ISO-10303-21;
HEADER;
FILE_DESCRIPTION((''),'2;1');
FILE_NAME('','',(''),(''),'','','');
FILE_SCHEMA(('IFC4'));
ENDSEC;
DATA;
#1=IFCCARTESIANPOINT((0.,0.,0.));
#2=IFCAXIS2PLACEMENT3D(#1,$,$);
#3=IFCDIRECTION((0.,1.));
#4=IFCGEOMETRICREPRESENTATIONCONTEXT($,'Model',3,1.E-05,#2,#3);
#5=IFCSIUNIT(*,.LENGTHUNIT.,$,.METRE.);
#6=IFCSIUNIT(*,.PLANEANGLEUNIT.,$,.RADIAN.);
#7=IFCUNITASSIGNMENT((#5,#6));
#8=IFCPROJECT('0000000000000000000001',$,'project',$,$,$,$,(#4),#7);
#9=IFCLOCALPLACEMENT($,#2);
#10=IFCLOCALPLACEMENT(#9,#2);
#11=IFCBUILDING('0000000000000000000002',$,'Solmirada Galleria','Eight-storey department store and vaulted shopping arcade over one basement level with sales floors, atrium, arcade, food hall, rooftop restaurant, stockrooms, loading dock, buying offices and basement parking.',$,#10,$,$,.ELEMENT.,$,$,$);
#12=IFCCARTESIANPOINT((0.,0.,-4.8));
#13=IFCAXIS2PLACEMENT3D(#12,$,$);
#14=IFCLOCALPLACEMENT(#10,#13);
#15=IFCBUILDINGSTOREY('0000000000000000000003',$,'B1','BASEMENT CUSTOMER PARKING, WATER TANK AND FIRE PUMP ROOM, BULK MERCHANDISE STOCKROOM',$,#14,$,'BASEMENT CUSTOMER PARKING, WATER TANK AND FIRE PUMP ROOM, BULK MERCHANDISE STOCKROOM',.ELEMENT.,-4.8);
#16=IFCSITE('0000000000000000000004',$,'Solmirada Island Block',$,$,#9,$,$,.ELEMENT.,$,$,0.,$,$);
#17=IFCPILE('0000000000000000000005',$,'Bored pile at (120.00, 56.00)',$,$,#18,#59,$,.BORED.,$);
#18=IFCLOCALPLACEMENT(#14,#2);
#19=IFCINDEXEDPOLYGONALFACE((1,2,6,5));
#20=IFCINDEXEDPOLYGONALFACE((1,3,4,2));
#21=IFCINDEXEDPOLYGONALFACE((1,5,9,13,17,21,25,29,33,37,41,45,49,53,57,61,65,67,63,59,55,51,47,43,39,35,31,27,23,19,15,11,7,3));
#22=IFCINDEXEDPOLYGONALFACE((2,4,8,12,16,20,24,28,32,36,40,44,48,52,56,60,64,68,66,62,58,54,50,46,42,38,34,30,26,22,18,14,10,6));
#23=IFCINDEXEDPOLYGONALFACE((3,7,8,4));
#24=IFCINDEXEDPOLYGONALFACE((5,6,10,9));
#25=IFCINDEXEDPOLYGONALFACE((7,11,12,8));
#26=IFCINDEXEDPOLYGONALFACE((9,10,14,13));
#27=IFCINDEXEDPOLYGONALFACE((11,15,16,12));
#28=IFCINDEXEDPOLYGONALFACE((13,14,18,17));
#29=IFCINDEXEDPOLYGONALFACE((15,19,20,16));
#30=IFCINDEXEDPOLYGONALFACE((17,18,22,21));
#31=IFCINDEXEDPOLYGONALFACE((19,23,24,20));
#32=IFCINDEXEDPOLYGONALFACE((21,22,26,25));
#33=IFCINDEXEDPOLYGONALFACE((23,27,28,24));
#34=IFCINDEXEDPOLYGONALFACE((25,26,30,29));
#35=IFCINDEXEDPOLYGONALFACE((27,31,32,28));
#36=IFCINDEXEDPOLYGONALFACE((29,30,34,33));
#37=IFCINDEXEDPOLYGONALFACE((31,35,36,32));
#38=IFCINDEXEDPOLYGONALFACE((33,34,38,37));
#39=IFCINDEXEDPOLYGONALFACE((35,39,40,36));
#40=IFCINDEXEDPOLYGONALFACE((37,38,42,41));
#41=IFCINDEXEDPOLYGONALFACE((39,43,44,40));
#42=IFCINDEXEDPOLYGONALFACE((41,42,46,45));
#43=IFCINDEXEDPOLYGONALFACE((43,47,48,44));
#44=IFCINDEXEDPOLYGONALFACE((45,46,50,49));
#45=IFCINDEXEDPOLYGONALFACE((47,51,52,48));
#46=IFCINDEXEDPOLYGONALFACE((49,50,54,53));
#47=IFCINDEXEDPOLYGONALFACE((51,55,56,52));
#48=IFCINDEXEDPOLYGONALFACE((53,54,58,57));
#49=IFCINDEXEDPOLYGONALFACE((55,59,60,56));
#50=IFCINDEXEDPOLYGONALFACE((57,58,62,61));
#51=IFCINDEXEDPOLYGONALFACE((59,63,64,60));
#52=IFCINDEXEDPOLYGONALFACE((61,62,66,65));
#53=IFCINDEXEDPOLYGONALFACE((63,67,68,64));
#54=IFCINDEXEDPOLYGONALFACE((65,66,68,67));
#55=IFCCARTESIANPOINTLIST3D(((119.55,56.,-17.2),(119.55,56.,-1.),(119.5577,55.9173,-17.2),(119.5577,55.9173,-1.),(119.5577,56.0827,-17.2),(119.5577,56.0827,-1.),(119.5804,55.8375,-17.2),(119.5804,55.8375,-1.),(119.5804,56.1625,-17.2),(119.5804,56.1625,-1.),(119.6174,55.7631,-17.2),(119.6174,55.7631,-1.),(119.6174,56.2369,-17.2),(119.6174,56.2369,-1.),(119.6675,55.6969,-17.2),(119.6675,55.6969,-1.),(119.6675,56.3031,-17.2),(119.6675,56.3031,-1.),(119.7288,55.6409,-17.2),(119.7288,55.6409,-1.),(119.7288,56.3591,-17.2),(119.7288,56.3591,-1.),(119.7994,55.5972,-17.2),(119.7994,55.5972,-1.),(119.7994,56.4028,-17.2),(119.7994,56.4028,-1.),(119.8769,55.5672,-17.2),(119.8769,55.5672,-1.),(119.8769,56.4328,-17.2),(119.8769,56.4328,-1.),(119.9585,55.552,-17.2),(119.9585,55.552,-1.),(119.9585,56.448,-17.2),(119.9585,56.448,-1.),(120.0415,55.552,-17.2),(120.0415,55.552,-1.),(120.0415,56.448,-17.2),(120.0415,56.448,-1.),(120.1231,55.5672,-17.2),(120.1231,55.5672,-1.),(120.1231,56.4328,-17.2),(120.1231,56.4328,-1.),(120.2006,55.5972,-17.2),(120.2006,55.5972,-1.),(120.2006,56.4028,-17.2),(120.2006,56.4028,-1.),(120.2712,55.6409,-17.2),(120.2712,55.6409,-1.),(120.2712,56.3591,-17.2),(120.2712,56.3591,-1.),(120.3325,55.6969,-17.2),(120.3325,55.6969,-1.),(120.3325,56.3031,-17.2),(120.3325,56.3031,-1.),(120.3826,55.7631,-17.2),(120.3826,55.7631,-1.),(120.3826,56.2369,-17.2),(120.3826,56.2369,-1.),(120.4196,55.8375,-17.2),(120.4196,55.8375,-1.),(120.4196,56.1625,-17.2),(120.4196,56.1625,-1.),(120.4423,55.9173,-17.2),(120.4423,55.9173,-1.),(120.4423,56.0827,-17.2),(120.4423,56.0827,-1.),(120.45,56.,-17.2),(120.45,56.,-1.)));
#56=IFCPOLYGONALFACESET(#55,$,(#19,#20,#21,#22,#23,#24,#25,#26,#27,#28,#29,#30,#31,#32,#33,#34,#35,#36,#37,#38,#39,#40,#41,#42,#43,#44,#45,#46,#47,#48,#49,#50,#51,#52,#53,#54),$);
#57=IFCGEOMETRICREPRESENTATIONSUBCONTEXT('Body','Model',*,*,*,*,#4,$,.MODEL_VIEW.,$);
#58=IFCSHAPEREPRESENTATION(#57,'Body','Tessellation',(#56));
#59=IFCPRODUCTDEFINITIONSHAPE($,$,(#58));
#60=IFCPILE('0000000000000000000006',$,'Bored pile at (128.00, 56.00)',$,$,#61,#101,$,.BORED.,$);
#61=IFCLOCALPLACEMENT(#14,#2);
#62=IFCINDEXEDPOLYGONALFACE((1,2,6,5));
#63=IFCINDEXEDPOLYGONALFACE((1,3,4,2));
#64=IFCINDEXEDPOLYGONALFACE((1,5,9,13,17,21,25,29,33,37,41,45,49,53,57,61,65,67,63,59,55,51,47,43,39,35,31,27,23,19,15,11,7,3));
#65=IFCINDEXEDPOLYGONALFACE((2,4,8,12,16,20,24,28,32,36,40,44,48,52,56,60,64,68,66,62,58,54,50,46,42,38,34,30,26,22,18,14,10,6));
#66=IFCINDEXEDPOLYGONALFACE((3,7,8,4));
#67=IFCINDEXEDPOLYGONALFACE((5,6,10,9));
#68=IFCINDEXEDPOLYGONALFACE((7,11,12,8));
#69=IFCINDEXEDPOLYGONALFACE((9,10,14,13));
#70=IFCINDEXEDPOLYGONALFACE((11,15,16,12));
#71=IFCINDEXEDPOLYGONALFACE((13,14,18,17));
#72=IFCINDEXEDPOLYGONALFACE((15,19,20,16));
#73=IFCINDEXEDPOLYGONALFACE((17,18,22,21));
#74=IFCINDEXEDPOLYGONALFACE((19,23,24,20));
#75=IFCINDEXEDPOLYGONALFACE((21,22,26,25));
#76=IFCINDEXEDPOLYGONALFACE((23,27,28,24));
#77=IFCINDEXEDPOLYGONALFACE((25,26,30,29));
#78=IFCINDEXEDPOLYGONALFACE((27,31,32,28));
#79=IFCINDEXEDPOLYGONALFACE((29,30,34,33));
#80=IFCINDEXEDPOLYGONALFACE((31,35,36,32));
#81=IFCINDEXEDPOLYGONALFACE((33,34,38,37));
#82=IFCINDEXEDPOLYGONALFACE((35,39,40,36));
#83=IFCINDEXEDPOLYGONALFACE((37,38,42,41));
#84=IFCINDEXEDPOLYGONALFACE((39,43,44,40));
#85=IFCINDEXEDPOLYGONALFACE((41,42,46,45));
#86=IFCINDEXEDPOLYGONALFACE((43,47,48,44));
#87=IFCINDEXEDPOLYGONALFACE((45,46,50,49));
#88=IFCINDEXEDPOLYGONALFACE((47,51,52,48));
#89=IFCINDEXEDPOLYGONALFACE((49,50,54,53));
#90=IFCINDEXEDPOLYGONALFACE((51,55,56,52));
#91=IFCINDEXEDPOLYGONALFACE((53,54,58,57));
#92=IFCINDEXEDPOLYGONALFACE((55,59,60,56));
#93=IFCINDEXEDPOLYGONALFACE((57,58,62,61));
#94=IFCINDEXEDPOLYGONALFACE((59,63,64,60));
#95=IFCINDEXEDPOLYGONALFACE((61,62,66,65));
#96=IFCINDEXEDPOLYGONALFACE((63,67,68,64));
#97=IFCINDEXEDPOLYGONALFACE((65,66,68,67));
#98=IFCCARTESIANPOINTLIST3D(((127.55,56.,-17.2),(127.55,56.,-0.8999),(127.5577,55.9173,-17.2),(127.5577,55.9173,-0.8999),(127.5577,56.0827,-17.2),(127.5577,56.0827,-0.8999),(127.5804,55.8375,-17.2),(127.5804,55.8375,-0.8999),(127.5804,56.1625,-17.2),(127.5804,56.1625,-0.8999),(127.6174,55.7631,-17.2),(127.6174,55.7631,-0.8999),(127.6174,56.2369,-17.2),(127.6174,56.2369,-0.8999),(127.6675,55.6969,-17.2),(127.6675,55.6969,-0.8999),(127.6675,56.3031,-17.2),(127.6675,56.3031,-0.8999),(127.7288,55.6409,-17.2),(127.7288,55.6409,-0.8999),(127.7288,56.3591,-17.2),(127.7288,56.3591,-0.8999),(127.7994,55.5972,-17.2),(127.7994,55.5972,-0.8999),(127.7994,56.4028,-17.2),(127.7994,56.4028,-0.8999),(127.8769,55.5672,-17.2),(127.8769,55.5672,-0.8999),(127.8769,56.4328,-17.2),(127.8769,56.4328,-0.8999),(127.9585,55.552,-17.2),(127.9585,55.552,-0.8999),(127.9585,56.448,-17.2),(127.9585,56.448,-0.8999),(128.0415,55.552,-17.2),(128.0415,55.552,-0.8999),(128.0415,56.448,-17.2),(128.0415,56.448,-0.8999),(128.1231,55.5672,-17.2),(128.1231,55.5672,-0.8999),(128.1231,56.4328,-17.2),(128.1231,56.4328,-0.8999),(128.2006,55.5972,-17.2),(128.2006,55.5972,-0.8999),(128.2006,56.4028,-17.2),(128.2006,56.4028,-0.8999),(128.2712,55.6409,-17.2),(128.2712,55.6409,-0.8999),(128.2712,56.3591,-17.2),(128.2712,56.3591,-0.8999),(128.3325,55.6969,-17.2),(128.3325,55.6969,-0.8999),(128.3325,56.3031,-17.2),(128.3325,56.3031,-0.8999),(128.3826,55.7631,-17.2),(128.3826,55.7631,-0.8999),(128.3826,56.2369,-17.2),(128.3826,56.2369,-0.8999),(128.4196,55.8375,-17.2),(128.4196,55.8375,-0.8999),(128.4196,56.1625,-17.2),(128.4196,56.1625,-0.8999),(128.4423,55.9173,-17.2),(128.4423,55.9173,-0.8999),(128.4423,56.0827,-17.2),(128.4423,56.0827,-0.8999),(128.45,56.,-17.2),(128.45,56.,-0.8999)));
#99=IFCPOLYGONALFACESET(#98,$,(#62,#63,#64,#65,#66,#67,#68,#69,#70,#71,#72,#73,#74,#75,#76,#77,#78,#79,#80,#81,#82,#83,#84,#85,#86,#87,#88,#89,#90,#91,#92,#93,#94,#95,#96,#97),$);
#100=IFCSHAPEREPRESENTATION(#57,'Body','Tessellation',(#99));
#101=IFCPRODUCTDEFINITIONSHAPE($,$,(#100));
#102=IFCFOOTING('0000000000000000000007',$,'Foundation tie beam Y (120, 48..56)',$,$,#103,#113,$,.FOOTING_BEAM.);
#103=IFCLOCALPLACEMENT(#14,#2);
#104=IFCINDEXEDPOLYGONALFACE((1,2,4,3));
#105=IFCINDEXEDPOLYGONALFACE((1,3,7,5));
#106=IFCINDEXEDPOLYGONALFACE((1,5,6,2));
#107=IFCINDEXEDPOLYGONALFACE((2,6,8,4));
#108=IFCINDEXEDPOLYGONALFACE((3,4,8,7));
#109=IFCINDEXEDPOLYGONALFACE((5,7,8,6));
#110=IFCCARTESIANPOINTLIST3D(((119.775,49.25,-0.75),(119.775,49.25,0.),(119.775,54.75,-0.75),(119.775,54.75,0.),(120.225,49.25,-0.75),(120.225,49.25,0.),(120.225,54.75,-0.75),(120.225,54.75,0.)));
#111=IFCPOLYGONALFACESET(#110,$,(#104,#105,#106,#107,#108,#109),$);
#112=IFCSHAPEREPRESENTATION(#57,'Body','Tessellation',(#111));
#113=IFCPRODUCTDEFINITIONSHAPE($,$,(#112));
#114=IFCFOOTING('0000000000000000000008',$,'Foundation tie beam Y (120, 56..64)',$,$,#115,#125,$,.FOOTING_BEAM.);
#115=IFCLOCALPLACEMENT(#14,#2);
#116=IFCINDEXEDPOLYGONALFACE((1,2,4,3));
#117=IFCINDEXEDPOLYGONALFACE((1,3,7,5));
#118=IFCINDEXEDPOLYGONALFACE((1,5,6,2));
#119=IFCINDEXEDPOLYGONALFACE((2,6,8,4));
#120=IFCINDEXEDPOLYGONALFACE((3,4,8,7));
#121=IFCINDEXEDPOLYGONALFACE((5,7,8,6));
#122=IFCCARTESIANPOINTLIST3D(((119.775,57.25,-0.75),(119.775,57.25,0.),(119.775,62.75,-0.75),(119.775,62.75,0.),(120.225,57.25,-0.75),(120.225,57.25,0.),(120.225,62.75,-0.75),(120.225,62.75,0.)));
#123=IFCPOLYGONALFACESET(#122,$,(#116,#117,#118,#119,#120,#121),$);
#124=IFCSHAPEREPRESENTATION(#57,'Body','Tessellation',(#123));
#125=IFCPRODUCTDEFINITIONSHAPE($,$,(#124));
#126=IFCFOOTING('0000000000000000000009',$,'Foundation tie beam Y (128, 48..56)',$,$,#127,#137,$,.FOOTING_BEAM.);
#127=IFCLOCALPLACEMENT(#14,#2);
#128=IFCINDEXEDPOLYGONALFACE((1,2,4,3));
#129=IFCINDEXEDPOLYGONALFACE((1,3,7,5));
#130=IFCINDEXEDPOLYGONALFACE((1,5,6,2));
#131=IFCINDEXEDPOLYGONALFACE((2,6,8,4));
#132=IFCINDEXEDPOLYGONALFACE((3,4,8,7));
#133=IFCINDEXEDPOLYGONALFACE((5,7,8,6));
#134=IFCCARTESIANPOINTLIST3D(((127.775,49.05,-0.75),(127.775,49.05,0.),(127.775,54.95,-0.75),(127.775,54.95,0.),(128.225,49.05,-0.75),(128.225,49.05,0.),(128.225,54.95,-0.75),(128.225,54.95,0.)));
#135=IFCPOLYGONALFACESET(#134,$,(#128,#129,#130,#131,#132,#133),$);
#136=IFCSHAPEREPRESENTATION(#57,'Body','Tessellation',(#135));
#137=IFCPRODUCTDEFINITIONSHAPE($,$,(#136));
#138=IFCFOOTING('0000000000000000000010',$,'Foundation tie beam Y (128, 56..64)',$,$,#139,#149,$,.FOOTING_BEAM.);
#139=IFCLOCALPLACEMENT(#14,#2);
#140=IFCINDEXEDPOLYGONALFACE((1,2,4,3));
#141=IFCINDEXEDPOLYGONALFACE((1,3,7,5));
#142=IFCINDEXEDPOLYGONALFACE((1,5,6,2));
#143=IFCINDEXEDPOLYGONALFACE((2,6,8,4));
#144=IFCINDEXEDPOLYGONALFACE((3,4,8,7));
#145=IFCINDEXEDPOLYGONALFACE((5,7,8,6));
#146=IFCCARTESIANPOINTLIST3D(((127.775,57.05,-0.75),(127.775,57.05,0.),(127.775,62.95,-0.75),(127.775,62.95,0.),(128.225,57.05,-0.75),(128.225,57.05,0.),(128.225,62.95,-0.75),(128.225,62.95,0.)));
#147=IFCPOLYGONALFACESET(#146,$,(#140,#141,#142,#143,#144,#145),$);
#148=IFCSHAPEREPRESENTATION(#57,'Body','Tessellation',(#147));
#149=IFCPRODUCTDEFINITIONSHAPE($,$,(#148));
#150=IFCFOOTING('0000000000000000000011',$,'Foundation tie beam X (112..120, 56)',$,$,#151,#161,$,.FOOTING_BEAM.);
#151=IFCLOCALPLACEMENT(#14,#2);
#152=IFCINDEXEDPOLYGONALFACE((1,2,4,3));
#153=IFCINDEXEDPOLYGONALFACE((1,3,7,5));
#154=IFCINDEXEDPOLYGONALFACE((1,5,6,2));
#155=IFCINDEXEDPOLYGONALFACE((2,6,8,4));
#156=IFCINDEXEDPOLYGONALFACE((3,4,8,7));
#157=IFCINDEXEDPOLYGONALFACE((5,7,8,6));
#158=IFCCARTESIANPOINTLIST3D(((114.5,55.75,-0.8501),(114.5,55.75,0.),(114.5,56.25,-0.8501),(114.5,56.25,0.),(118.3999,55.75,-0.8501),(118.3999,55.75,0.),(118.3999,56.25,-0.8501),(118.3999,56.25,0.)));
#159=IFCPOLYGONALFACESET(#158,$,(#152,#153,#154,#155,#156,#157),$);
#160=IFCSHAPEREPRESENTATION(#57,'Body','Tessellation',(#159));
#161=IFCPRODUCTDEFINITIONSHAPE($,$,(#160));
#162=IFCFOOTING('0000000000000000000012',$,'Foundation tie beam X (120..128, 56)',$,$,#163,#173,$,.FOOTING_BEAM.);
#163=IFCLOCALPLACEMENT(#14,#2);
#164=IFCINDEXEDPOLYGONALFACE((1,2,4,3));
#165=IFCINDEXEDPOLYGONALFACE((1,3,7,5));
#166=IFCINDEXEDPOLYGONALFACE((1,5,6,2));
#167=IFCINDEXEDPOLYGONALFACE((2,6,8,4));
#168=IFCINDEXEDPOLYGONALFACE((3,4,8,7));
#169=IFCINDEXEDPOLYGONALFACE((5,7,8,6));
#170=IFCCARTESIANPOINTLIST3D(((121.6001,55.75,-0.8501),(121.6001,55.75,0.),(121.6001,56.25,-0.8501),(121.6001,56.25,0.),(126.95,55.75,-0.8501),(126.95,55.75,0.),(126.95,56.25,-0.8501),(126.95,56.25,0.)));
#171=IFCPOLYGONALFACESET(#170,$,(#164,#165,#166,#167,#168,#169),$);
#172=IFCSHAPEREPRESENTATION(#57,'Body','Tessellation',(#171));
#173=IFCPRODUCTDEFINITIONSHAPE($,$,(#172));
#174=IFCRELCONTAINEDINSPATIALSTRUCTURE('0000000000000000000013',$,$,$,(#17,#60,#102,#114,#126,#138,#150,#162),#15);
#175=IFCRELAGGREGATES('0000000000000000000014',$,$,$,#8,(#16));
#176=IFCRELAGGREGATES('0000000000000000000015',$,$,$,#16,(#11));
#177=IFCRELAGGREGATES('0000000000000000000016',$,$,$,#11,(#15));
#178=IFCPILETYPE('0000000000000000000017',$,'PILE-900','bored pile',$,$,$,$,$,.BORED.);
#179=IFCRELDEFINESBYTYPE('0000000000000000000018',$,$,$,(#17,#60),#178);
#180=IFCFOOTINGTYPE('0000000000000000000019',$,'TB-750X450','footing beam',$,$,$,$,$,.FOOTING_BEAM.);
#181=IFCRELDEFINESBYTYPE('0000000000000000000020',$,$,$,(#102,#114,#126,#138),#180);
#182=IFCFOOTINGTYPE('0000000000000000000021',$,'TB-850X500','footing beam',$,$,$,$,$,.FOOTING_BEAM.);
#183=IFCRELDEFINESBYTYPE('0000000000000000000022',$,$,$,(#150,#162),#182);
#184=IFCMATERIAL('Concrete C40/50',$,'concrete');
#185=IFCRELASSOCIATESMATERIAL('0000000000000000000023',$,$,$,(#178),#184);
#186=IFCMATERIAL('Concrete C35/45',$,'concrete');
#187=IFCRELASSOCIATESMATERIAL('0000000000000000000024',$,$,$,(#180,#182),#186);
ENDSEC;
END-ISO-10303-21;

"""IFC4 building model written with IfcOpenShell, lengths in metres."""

from ifc_helpers import new_model, si_unit, direction, frame, origin, origin_2d, place, context, subcontext, project, spatial, rectangle, circle, extrude, material, material_profile, profile_set, type_object, element, save


model = new_model("IFC4")

# Units and contexts
model_context = context("Model", 3, precision=1e-05, world=origin(), true_north=direction((0.0, 1.0)))
body_context = subcontext(model_context, "Body", "Model", "MODEL_VIEW")
ifc_project = project(units=[si_unit("LENGTHUNIT", "METRE"), si_unit("PLANEANGLEUNIT", "RADIAN")], contexts=[model_context])

# Site, building, storey
site_placement = place(None, origin())
site = spatial("IfcSite", under=ifc_project, at=site_placement, Name="Solmirada Island Block", CompositionType="ELEMENT", RefElevation=0.0)
building_placement = place(site_placement, origin())
building = spatial("IfcBuilding", under=site, at=building_placement, Name="Solmirada Galleria", Description="Eight-storey department store and vaulted shopping arcade over one basement level with sales floors, atrium, arcade, food hall, rooftop restaurant, stockrooms, loading dock, buying offices and basement parking.", CompositionType="ELEMENT")
storey_placement = place(building_placement, frame((0.0, 0.0, -4.8)))
storey = spatial("IfcBuildingStorey", under=building, at=storey_placement, Name="B1", Description="BASEMENT CUSTOMER PARKING, WATER TANK AND FIRE PUMP ROOM, BULK MERCHANDISE STOCKROOM", LongName="BASEMENT CUSTOMER PARKING, WATER TANK AND FIRE PUMP ROOM, BULK MERCHANDISE STOCKROOM", CompositionType="ELEMENT", Elevation=-4.8)

# Shared definitions
ifc_material_1 = material(Name="Concrete C35/45", Category="concrete")

# Piles
ifc_material_2 = material(Name="Concrete C40/50", Category="concrete")
ifc_material_profile_1 = material_profile(ifc_material_2, circle(Radius=0.45, at=origin_2d()), Name="PILE900")
ifc_profile_set_1 = profile_set([ifc_material_profile_1], Name="Concrete C40/50")
pile_type = type_object("IfcPileType", Name="PILE-900", Description="bored pile", PredefinedType="BORED", material=ifc_profile_set_1)
pile_1_placement = place(storey_placement, frame((120.0, 56.0, -1.0), z_axis=(0.0, 0.0, -1.0), x_axis=(1.0, 0.0, 0.0)))
element("IfcPile", 1, at=pile_1_placement, inside=storey, type_object=pile_type, Name="Bored pile at (120.00, 56.00)", PredefinedType="BORED", context=body_context, shape_type="SweptSolid", body=[
    extrude(circle(Radius=0.45, at=origin_2d()), origin(), (0.0, 0.0, 1.0), 16.2),
])
pile_2_placement = place(storey_placement, frame((128.0, 56.0, -0.8999), z_axis=(0.0, 0.0, -1.0), x_axis=(1.0, 0.0, 0.0)))
element("IfcPile", 2, at=pile_2_placement, inside=storey, type_object=pile_type, Name="Bored pile at (128.00, 56.00)", PredefinedType="BORED", context=body_context, shape_type="SweptSolid", body=[
    extrude(circle(Radius=0.45, at=origin_2d()), origin(), (0.0, 0.0, 1.0), 16.3),
])

# Footings
ifc_material_profile_2 = material_profile(ifc_material_1, rectangle(XDim=0.45, YDim=0.75, at=origin_2d()), Name="RC750X450")
ifc_profile_set_2 = profile_set([ifc_material_profile_2], Name="Concrete C35/45")
footing_type_1 = type_object("IfcFootingType", Name="TB-750X450", Description="footing beam", PredefinedType="FOOTING_BEAM", material=ifc_profile_set_2)
for number, where, z_axis, x_axis, name in (
    (3, (120.0, 49.25, -0.375), (0.0, 1.0, 0.0), (-1.0, 0.0, 0.0), "Foundation tie beam Y (120, 48..56)"),
    (4, (120.0, 57.25, -0.375), (0.0, 1.0, 0.0), (-1.0, 0.0, 0.0), "Foundation tie beam Y (120, 56..64)"),
):
    element("IfcFooting", number, at=place(storey_placement, frame(where, z_axis=z_axis, x_axis=x_axis)), inside=storey, type_object=footing_type_1, Name=name, PredefinedType="FOOTING_BEAM", context=body_context, shape_type="SweptSolid", body=[
        extrude(rectangle(XDim=0.45, YDim=0.75, at=origin_2d()), origin(), (0.0, 0.0, 1.0), 5.5),
    ])
for number, where, z_axis, x_axis, name in (
    (5, (128.0, 49.05, -0.375), (0.0, 1.0, 0.0), (-1.0, 0.0, 0.0), "Foundation tie beam Y (128, 48..56)"),
    (6, (128.0, 57.05, -0.375), (0.0, 1.0, 0.0), (-1.0, 0.0, 0.0), "Foundation tie beam Y (128, 56..64)"),
):
    element("IfcFooting", number, at=place(storey_placement, frame(where, z_axis=z_axis, x_axis=x_axis)), inside=storey, type_object=footing_type_1, Name=name, PredefinedType="FOOTING_BEAM", context=body_context, shape_type="SweptSolid", body=[
        extrude(rectangle(XDim=0.45, YDim=0.75, at=origin_2d()), origin(), (0.0, 0.0, 1.0), 5.8999),
    ])
ifc_material_profile_3 = material_profile(ifc_material_1, rectangle(XDim=0.5, YDim=0.8501, at=origin_2d()), Name="RC850X500")
ifc_profile_set_3 = profile_set([ifc_material_profile_3], Name="Concrete C35/45")
footing_type_2 = type_object("IfcFootingType", Name="TB-850X500", Description="footing beam", PredefinedType="FOOTING_BEAM", material=ifc_profile_set_3)
footing_1_placement = place(storey_placement, frame((114.5, 56.0, -0.425), z_axis=(1.0, 0.0, 0.0), x_axis=(0.0, 1.0, 0.0)))
element("IfcFooting", 7, at=footing_1_placement, inside=storey, type_object=footing_type_2, Name="Foundation tie beam X (112..120, 56)", PredefinedType="FOOTING_BEAM", context=body_context, shape_type="SweptSolid", body=[
    extrude(rectangle(XDim=0.5, YDim=0.8501, at=origin_2d()), origin(), (0.0, 0.0, 1.0), 3.8999),
])
footing_2_placement = place(storey_placement, frame((121.6001, 56.0, -0.425), z_axis=(1.0, 0.0, 0.0), x_axis=(0.0, 1.0, 0.0)))
element("IfcFooting", 8, at=footing_2_placement, inside=storey, type_object=footing_type_2, Name="Foundation tie beam X (120..128, 56)", PredefinedType="FOOTING_BEAM", context=body_context, shape_type="SweptSolid", body=[
    extrude(rectangle(XDim=0.5, YDim=0.8501, at=origin_2d()), origin(), (0.0, 0.0, 1.0), 5.3499),
])

save(model, "model.ifc")
